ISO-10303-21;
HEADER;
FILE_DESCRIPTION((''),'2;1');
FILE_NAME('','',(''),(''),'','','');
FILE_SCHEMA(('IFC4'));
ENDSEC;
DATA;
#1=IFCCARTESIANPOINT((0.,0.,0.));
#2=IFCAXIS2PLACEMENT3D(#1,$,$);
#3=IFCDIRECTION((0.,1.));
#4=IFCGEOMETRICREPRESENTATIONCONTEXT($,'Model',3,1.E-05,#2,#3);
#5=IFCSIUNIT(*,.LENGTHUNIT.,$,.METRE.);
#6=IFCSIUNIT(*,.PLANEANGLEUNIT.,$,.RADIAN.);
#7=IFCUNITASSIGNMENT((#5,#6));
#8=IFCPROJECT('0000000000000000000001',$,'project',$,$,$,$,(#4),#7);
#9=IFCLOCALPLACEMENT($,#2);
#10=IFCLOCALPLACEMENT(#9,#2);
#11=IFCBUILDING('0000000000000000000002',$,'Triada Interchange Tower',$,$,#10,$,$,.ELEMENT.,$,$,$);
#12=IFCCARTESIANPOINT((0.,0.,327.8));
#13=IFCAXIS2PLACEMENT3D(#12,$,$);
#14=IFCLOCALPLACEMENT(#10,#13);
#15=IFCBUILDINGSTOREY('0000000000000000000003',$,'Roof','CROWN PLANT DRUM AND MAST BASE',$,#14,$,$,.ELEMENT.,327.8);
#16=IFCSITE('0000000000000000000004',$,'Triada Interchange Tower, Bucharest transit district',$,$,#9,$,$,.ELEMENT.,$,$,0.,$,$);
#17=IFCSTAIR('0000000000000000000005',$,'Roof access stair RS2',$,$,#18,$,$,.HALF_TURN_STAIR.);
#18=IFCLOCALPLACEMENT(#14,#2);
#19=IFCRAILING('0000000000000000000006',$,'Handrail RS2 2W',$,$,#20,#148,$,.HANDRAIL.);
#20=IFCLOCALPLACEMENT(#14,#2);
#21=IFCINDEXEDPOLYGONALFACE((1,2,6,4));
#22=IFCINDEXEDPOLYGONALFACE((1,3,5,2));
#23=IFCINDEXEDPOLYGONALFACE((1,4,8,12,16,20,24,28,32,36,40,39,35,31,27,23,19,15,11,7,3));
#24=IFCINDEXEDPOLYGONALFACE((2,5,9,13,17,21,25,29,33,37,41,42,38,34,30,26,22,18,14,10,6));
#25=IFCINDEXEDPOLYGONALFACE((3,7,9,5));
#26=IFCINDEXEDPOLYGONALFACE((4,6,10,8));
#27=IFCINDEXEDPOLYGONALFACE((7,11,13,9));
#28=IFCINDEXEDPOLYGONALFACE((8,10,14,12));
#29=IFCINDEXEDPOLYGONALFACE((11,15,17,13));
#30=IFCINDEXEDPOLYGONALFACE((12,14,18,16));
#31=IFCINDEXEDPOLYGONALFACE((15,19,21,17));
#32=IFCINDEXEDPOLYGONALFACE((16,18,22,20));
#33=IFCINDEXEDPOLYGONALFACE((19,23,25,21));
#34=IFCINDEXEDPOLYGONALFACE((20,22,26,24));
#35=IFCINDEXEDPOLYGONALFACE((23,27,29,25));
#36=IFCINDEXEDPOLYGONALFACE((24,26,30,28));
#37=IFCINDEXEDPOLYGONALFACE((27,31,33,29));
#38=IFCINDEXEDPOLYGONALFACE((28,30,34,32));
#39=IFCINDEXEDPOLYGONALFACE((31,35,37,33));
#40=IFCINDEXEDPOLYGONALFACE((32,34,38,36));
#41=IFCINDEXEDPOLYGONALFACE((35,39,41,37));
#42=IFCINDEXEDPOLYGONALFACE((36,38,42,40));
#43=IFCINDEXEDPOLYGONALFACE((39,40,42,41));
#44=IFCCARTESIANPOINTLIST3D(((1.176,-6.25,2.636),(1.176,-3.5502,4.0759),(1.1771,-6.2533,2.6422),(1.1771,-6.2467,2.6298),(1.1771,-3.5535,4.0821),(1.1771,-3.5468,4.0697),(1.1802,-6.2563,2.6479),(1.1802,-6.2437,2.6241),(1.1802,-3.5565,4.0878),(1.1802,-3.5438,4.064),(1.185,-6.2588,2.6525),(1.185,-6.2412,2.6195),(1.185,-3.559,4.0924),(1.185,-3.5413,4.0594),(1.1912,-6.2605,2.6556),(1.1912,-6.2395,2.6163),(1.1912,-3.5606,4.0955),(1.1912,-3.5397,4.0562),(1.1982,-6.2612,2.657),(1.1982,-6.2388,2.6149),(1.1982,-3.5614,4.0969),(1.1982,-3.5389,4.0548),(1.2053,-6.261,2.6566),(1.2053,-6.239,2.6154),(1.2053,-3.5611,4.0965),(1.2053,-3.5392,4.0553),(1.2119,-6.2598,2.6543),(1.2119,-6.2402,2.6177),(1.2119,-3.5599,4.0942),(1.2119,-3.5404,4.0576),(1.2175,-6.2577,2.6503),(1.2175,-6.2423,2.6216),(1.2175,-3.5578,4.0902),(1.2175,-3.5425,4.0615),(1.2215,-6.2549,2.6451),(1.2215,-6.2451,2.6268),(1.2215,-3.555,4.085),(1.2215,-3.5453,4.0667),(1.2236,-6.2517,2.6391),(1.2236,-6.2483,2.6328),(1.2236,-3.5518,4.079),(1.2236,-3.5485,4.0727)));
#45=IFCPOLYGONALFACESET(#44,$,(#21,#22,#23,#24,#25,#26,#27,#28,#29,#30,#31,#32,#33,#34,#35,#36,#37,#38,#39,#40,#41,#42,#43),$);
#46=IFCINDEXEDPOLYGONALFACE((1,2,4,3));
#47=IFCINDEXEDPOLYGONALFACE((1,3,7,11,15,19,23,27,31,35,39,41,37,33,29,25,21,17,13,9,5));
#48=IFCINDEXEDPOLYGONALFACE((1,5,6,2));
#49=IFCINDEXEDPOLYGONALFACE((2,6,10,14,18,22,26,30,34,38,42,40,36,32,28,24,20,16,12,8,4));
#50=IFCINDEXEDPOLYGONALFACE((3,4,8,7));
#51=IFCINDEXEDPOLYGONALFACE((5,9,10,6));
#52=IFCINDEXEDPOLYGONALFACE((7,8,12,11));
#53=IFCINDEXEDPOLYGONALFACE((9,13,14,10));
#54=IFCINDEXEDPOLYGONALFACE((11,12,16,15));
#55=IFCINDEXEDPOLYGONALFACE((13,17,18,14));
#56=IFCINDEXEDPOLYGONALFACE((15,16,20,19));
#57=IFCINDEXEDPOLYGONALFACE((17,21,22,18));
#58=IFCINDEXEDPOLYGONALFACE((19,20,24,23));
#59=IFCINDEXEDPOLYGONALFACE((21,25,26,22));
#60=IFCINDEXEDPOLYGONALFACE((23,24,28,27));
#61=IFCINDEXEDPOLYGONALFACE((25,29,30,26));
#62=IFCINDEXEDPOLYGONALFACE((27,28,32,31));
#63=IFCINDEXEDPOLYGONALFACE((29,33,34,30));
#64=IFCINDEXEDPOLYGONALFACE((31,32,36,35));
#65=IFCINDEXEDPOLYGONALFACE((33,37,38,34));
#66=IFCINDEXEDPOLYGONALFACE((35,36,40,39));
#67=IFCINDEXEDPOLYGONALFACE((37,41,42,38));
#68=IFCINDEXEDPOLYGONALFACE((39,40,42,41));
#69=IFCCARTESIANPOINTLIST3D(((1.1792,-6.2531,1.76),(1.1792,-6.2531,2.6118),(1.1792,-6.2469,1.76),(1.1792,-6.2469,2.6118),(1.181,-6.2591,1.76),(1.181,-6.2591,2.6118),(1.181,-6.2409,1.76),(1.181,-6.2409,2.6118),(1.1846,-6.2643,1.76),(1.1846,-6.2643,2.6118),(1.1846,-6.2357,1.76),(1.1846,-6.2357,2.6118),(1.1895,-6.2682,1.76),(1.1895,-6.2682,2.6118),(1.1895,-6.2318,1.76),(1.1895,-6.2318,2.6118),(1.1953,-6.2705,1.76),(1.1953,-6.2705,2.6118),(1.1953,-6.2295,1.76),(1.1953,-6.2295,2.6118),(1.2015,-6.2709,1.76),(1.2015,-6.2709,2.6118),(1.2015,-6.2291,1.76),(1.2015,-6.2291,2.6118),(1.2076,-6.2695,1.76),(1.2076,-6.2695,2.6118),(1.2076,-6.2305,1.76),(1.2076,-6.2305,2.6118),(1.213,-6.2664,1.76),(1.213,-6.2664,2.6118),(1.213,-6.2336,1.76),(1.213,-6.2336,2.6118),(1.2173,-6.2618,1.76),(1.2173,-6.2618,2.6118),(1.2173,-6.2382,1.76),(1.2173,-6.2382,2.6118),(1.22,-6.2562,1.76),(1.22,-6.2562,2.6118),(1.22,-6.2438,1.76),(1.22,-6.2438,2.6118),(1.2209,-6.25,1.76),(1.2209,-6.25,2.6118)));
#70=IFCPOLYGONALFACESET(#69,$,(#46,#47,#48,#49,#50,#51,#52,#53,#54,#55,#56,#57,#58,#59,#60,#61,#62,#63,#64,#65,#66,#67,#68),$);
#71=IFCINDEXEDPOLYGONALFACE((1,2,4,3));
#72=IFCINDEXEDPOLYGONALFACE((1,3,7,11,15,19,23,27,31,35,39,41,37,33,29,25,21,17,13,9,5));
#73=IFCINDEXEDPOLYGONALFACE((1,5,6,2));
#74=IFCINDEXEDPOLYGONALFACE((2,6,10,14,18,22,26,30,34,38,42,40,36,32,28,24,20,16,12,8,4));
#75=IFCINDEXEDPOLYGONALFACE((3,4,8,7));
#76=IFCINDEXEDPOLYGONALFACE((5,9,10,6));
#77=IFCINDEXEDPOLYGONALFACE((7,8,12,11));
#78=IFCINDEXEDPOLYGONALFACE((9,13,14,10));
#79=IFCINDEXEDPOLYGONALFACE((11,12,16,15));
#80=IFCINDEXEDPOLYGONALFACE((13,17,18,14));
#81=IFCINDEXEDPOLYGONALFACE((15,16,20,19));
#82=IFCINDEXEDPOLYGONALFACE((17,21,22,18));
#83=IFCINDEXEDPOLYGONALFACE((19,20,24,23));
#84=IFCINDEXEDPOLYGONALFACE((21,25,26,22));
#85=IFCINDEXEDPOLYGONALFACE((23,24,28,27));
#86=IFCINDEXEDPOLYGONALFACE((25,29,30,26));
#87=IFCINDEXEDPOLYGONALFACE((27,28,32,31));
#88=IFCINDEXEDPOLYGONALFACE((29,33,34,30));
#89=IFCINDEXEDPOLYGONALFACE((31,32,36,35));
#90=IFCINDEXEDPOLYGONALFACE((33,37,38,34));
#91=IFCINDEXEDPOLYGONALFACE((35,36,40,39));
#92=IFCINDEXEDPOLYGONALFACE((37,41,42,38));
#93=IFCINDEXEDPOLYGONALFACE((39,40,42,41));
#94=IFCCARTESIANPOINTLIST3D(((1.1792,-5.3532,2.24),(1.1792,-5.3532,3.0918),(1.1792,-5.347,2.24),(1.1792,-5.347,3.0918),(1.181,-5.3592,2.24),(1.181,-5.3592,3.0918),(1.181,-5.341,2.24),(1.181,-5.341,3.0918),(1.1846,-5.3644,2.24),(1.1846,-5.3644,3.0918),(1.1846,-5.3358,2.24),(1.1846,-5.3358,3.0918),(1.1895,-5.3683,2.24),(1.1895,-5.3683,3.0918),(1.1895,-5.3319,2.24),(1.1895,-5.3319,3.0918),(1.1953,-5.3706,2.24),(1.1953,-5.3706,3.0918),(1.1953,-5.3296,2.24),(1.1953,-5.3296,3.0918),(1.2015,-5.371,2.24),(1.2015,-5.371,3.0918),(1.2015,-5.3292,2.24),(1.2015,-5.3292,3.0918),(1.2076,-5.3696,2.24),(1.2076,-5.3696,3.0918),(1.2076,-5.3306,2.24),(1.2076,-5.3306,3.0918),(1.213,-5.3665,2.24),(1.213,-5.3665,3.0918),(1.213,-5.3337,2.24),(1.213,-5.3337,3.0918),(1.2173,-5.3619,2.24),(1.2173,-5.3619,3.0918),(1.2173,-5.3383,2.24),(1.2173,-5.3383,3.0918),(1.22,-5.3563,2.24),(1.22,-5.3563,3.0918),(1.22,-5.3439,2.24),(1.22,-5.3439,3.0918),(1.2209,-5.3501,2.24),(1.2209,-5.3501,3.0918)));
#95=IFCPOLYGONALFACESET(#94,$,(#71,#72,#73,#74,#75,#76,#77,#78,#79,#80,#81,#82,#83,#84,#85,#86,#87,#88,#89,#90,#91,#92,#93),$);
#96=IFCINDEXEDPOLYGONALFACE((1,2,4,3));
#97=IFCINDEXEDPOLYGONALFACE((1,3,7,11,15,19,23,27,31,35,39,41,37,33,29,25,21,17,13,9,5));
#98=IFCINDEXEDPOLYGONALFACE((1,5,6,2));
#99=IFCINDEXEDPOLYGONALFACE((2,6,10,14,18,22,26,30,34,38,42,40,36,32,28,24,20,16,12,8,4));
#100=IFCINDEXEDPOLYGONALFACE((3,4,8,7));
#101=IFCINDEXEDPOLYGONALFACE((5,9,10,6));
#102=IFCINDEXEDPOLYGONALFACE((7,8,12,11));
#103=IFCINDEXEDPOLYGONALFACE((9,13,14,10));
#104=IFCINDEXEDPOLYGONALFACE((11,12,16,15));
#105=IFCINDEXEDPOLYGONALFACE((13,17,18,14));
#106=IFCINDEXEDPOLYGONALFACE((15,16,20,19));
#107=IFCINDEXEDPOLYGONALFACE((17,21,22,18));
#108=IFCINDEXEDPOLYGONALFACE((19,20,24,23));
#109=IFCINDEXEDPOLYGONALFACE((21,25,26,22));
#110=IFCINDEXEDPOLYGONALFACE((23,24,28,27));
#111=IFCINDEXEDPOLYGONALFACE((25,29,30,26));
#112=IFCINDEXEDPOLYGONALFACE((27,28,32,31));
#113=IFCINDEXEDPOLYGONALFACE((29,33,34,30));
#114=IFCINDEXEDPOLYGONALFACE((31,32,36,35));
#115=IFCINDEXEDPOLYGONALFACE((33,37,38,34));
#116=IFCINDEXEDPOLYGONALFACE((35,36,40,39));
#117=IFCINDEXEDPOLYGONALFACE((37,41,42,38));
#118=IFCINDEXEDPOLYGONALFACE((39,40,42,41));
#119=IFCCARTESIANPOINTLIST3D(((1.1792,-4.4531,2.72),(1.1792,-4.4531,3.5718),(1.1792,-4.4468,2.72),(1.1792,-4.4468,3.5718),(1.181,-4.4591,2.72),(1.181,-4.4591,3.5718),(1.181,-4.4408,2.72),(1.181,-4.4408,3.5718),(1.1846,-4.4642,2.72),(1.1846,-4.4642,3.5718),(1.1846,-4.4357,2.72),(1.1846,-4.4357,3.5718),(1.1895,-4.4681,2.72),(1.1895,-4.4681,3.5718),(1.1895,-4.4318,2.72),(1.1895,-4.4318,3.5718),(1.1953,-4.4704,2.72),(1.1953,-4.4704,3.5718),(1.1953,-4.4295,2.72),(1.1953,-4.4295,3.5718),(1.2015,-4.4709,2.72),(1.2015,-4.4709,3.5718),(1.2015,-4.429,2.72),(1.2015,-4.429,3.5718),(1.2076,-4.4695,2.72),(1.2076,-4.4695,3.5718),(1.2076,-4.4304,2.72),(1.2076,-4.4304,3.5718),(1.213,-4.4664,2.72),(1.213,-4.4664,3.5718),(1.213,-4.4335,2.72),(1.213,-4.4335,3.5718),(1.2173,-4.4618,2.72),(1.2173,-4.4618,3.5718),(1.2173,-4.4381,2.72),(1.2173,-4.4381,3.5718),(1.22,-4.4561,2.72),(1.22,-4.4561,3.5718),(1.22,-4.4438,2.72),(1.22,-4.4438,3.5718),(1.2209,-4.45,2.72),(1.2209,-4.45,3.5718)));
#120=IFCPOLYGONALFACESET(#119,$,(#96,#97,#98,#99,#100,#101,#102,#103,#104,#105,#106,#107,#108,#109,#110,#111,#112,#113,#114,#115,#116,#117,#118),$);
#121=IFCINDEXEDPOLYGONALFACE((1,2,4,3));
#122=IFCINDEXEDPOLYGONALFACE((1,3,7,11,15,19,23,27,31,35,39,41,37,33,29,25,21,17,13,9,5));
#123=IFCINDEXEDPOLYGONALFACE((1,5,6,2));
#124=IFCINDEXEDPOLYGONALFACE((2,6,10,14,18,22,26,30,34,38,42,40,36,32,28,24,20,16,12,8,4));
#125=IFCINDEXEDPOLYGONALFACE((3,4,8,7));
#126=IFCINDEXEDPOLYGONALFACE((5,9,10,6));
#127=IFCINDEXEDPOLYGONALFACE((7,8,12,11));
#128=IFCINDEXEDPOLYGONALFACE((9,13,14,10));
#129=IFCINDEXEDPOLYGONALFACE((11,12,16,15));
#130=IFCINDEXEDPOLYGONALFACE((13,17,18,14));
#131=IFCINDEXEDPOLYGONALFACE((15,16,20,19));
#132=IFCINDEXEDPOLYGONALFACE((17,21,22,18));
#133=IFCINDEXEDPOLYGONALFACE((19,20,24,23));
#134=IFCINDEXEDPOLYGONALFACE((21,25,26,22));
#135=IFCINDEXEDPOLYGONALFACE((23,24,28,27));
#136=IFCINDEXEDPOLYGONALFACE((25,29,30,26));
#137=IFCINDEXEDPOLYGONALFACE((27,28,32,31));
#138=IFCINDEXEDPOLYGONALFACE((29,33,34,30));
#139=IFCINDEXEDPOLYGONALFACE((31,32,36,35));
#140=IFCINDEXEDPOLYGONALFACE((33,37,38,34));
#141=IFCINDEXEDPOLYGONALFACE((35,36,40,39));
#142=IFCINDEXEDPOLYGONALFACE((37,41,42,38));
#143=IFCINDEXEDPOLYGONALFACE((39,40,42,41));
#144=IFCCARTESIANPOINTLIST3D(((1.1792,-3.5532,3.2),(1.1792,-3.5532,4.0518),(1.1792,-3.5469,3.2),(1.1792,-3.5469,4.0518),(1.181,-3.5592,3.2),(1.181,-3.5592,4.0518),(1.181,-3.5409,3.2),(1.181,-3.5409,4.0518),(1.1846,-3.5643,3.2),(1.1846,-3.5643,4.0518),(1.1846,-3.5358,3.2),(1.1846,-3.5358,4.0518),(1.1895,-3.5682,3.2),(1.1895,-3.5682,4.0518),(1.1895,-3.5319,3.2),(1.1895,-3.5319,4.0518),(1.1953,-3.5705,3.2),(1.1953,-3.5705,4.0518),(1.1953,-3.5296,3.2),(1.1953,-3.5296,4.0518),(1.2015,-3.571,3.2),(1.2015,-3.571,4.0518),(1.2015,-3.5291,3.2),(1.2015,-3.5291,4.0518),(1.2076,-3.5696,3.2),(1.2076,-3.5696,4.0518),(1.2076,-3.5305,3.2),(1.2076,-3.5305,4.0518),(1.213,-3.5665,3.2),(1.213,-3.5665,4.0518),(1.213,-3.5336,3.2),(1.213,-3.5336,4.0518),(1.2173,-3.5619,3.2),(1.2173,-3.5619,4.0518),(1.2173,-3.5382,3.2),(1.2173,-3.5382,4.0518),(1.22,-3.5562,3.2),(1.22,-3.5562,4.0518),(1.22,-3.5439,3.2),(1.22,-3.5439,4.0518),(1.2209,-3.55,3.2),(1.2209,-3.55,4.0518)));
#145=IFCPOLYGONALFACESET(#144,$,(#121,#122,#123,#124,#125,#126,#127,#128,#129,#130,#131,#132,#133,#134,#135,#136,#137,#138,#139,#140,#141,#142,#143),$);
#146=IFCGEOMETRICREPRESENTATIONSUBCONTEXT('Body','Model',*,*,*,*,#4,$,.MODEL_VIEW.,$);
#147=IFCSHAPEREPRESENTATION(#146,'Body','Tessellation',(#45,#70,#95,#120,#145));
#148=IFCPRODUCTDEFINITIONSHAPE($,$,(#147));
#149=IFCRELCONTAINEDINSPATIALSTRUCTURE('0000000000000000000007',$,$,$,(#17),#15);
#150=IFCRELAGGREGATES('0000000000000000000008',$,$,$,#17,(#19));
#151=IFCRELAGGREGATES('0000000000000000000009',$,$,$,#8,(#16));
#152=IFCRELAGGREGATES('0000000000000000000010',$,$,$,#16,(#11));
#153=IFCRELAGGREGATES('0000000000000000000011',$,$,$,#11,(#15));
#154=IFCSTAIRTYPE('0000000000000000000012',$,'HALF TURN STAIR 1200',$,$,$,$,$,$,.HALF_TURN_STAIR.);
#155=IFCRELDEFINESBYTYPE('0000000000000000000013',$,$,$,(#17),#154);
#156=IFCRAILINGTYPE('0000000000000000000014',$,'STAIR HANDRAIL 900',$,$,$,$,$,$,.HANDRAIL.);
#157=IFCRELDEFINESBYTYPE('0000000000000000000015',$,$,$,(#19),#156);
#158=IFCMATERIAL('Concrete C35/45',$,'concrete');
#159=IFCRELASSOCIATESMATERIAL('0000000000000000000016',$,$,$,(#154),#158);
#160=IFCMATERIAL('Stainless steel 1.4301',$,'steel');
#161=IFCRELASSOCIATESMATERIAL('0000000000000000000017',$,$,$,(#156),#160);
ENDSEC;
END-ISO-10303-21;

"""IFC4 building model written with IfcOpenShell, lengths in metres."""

from ifc_helpers import new_model, si_unit, direction, frame, origin, origin_2d, place, context, subcontext, project, spatial, circle, extrude, material, type_object, element, aggregate, save


model = new_model("IFC4")

# Units and contexts
model_context = context("Model", 3, precision=1e-05, world=origin(), true_north=direction((0.0, 1.0)))
body_context = subcontext(model_context, "Body", "Model", "MODEL_VIEW")
ifc_project = project(units=[si_unit("LENGTHUNIT", "METRE"), si_unit("PLANEANGLEUNIT", "RADIAN")], contexts=[model_context])

# Site, building, storey
site_placement = place(None, origin())
site = spatial("IfcSite", under=ifc_project, at=site_placement, Name="Triada Interchange Tower, Bucharest transit district", CompositionType="ELEMENT", RefElevation=0.0)
building_placement = place(site_placement, origin())
building = spatial("IfcBuilding", under=site, at=building_placement, Name="Triada Interchange Tower", CompositionType="ELEMENT")
storey_placement = place(building_placement, frame((0.0, 0.0, 327.8)))
storey = spatial("IfcBuildingStorey", under=building, at=storey_placement, Name="Roof", Description="CROWN PLANT DRUM AND MAST BASE", CompositionType="ELEMENT", Elevation=327.8)

# Stair
ifc_material_1 = material(Name="Concrete C35/45", Category="concrete")
stair_type = type_object("IfcStairType", Name="HALF TURN STAIR 1200", PredefinedType="HALF_TURN_STAIR", material=ifc_material_1)
stair_1_placement = place(storey_placement, origin())
stair_1 = element("IfcStair", 1, at=stair_1_placement, inside=storey, type_object=stair_type, Name="Roof access stair RS2", PredefinedType="HALF_TURN_STAIR")

# Railing
ifc_material_2 = material(Name="Stainless steel 1.4301", Category="steel")
railing_type = type_object("IfcRailingType", Name="STAIR HANDRAIL 900", PredefinedType="HANDRAIL", material=ifc_material_2)
railing_1_placement = place(storey_placement, frame((1.2, -6.25, 1.76)))
railing_1 = element("IfcRailing", 2, at=railing_1_placement, type_object=railing_type, Name="Handrail RS2 2W", PredefinedType="HANDRAIL", context=body_context, shape_type="SweptSolid", body=[
    extrude(circle(Radius=0.0239, at=origin_2d()), frame((0.0, 0.0, 0.876), z_axis=(0.0, 0.882357, 0.47058), x_axis=(-1.0, 0.0, 0.0)), (0.0, 0.0, 1.0), 3.0598),
    extrude(circle(Radius=0.021, at=origin_2d()), origin(), (0.0, 0.0, 1.0), 0.8518),
    extrude(circle(Radius=0.021, at=origin_2d()), frame((0.0, 0.8999, 0.48)), (0.0, 0.0, 1.0), 0.8518),
    extrude(circle(Radius=0.021, at=origin_2d()), frame((0.0, 1.8, 0.96)), (0.0, 0.0, 1.0), 0.8518),
    extrude(circle(Radius=0.021, at=origin_2d()), frame((0.0, 2.7, 1.4399)), (0.0, 0.0, 1.0), 0.8518),
])
aggregate(stair_1, [railing_1])

save(model, "model.ifc")
